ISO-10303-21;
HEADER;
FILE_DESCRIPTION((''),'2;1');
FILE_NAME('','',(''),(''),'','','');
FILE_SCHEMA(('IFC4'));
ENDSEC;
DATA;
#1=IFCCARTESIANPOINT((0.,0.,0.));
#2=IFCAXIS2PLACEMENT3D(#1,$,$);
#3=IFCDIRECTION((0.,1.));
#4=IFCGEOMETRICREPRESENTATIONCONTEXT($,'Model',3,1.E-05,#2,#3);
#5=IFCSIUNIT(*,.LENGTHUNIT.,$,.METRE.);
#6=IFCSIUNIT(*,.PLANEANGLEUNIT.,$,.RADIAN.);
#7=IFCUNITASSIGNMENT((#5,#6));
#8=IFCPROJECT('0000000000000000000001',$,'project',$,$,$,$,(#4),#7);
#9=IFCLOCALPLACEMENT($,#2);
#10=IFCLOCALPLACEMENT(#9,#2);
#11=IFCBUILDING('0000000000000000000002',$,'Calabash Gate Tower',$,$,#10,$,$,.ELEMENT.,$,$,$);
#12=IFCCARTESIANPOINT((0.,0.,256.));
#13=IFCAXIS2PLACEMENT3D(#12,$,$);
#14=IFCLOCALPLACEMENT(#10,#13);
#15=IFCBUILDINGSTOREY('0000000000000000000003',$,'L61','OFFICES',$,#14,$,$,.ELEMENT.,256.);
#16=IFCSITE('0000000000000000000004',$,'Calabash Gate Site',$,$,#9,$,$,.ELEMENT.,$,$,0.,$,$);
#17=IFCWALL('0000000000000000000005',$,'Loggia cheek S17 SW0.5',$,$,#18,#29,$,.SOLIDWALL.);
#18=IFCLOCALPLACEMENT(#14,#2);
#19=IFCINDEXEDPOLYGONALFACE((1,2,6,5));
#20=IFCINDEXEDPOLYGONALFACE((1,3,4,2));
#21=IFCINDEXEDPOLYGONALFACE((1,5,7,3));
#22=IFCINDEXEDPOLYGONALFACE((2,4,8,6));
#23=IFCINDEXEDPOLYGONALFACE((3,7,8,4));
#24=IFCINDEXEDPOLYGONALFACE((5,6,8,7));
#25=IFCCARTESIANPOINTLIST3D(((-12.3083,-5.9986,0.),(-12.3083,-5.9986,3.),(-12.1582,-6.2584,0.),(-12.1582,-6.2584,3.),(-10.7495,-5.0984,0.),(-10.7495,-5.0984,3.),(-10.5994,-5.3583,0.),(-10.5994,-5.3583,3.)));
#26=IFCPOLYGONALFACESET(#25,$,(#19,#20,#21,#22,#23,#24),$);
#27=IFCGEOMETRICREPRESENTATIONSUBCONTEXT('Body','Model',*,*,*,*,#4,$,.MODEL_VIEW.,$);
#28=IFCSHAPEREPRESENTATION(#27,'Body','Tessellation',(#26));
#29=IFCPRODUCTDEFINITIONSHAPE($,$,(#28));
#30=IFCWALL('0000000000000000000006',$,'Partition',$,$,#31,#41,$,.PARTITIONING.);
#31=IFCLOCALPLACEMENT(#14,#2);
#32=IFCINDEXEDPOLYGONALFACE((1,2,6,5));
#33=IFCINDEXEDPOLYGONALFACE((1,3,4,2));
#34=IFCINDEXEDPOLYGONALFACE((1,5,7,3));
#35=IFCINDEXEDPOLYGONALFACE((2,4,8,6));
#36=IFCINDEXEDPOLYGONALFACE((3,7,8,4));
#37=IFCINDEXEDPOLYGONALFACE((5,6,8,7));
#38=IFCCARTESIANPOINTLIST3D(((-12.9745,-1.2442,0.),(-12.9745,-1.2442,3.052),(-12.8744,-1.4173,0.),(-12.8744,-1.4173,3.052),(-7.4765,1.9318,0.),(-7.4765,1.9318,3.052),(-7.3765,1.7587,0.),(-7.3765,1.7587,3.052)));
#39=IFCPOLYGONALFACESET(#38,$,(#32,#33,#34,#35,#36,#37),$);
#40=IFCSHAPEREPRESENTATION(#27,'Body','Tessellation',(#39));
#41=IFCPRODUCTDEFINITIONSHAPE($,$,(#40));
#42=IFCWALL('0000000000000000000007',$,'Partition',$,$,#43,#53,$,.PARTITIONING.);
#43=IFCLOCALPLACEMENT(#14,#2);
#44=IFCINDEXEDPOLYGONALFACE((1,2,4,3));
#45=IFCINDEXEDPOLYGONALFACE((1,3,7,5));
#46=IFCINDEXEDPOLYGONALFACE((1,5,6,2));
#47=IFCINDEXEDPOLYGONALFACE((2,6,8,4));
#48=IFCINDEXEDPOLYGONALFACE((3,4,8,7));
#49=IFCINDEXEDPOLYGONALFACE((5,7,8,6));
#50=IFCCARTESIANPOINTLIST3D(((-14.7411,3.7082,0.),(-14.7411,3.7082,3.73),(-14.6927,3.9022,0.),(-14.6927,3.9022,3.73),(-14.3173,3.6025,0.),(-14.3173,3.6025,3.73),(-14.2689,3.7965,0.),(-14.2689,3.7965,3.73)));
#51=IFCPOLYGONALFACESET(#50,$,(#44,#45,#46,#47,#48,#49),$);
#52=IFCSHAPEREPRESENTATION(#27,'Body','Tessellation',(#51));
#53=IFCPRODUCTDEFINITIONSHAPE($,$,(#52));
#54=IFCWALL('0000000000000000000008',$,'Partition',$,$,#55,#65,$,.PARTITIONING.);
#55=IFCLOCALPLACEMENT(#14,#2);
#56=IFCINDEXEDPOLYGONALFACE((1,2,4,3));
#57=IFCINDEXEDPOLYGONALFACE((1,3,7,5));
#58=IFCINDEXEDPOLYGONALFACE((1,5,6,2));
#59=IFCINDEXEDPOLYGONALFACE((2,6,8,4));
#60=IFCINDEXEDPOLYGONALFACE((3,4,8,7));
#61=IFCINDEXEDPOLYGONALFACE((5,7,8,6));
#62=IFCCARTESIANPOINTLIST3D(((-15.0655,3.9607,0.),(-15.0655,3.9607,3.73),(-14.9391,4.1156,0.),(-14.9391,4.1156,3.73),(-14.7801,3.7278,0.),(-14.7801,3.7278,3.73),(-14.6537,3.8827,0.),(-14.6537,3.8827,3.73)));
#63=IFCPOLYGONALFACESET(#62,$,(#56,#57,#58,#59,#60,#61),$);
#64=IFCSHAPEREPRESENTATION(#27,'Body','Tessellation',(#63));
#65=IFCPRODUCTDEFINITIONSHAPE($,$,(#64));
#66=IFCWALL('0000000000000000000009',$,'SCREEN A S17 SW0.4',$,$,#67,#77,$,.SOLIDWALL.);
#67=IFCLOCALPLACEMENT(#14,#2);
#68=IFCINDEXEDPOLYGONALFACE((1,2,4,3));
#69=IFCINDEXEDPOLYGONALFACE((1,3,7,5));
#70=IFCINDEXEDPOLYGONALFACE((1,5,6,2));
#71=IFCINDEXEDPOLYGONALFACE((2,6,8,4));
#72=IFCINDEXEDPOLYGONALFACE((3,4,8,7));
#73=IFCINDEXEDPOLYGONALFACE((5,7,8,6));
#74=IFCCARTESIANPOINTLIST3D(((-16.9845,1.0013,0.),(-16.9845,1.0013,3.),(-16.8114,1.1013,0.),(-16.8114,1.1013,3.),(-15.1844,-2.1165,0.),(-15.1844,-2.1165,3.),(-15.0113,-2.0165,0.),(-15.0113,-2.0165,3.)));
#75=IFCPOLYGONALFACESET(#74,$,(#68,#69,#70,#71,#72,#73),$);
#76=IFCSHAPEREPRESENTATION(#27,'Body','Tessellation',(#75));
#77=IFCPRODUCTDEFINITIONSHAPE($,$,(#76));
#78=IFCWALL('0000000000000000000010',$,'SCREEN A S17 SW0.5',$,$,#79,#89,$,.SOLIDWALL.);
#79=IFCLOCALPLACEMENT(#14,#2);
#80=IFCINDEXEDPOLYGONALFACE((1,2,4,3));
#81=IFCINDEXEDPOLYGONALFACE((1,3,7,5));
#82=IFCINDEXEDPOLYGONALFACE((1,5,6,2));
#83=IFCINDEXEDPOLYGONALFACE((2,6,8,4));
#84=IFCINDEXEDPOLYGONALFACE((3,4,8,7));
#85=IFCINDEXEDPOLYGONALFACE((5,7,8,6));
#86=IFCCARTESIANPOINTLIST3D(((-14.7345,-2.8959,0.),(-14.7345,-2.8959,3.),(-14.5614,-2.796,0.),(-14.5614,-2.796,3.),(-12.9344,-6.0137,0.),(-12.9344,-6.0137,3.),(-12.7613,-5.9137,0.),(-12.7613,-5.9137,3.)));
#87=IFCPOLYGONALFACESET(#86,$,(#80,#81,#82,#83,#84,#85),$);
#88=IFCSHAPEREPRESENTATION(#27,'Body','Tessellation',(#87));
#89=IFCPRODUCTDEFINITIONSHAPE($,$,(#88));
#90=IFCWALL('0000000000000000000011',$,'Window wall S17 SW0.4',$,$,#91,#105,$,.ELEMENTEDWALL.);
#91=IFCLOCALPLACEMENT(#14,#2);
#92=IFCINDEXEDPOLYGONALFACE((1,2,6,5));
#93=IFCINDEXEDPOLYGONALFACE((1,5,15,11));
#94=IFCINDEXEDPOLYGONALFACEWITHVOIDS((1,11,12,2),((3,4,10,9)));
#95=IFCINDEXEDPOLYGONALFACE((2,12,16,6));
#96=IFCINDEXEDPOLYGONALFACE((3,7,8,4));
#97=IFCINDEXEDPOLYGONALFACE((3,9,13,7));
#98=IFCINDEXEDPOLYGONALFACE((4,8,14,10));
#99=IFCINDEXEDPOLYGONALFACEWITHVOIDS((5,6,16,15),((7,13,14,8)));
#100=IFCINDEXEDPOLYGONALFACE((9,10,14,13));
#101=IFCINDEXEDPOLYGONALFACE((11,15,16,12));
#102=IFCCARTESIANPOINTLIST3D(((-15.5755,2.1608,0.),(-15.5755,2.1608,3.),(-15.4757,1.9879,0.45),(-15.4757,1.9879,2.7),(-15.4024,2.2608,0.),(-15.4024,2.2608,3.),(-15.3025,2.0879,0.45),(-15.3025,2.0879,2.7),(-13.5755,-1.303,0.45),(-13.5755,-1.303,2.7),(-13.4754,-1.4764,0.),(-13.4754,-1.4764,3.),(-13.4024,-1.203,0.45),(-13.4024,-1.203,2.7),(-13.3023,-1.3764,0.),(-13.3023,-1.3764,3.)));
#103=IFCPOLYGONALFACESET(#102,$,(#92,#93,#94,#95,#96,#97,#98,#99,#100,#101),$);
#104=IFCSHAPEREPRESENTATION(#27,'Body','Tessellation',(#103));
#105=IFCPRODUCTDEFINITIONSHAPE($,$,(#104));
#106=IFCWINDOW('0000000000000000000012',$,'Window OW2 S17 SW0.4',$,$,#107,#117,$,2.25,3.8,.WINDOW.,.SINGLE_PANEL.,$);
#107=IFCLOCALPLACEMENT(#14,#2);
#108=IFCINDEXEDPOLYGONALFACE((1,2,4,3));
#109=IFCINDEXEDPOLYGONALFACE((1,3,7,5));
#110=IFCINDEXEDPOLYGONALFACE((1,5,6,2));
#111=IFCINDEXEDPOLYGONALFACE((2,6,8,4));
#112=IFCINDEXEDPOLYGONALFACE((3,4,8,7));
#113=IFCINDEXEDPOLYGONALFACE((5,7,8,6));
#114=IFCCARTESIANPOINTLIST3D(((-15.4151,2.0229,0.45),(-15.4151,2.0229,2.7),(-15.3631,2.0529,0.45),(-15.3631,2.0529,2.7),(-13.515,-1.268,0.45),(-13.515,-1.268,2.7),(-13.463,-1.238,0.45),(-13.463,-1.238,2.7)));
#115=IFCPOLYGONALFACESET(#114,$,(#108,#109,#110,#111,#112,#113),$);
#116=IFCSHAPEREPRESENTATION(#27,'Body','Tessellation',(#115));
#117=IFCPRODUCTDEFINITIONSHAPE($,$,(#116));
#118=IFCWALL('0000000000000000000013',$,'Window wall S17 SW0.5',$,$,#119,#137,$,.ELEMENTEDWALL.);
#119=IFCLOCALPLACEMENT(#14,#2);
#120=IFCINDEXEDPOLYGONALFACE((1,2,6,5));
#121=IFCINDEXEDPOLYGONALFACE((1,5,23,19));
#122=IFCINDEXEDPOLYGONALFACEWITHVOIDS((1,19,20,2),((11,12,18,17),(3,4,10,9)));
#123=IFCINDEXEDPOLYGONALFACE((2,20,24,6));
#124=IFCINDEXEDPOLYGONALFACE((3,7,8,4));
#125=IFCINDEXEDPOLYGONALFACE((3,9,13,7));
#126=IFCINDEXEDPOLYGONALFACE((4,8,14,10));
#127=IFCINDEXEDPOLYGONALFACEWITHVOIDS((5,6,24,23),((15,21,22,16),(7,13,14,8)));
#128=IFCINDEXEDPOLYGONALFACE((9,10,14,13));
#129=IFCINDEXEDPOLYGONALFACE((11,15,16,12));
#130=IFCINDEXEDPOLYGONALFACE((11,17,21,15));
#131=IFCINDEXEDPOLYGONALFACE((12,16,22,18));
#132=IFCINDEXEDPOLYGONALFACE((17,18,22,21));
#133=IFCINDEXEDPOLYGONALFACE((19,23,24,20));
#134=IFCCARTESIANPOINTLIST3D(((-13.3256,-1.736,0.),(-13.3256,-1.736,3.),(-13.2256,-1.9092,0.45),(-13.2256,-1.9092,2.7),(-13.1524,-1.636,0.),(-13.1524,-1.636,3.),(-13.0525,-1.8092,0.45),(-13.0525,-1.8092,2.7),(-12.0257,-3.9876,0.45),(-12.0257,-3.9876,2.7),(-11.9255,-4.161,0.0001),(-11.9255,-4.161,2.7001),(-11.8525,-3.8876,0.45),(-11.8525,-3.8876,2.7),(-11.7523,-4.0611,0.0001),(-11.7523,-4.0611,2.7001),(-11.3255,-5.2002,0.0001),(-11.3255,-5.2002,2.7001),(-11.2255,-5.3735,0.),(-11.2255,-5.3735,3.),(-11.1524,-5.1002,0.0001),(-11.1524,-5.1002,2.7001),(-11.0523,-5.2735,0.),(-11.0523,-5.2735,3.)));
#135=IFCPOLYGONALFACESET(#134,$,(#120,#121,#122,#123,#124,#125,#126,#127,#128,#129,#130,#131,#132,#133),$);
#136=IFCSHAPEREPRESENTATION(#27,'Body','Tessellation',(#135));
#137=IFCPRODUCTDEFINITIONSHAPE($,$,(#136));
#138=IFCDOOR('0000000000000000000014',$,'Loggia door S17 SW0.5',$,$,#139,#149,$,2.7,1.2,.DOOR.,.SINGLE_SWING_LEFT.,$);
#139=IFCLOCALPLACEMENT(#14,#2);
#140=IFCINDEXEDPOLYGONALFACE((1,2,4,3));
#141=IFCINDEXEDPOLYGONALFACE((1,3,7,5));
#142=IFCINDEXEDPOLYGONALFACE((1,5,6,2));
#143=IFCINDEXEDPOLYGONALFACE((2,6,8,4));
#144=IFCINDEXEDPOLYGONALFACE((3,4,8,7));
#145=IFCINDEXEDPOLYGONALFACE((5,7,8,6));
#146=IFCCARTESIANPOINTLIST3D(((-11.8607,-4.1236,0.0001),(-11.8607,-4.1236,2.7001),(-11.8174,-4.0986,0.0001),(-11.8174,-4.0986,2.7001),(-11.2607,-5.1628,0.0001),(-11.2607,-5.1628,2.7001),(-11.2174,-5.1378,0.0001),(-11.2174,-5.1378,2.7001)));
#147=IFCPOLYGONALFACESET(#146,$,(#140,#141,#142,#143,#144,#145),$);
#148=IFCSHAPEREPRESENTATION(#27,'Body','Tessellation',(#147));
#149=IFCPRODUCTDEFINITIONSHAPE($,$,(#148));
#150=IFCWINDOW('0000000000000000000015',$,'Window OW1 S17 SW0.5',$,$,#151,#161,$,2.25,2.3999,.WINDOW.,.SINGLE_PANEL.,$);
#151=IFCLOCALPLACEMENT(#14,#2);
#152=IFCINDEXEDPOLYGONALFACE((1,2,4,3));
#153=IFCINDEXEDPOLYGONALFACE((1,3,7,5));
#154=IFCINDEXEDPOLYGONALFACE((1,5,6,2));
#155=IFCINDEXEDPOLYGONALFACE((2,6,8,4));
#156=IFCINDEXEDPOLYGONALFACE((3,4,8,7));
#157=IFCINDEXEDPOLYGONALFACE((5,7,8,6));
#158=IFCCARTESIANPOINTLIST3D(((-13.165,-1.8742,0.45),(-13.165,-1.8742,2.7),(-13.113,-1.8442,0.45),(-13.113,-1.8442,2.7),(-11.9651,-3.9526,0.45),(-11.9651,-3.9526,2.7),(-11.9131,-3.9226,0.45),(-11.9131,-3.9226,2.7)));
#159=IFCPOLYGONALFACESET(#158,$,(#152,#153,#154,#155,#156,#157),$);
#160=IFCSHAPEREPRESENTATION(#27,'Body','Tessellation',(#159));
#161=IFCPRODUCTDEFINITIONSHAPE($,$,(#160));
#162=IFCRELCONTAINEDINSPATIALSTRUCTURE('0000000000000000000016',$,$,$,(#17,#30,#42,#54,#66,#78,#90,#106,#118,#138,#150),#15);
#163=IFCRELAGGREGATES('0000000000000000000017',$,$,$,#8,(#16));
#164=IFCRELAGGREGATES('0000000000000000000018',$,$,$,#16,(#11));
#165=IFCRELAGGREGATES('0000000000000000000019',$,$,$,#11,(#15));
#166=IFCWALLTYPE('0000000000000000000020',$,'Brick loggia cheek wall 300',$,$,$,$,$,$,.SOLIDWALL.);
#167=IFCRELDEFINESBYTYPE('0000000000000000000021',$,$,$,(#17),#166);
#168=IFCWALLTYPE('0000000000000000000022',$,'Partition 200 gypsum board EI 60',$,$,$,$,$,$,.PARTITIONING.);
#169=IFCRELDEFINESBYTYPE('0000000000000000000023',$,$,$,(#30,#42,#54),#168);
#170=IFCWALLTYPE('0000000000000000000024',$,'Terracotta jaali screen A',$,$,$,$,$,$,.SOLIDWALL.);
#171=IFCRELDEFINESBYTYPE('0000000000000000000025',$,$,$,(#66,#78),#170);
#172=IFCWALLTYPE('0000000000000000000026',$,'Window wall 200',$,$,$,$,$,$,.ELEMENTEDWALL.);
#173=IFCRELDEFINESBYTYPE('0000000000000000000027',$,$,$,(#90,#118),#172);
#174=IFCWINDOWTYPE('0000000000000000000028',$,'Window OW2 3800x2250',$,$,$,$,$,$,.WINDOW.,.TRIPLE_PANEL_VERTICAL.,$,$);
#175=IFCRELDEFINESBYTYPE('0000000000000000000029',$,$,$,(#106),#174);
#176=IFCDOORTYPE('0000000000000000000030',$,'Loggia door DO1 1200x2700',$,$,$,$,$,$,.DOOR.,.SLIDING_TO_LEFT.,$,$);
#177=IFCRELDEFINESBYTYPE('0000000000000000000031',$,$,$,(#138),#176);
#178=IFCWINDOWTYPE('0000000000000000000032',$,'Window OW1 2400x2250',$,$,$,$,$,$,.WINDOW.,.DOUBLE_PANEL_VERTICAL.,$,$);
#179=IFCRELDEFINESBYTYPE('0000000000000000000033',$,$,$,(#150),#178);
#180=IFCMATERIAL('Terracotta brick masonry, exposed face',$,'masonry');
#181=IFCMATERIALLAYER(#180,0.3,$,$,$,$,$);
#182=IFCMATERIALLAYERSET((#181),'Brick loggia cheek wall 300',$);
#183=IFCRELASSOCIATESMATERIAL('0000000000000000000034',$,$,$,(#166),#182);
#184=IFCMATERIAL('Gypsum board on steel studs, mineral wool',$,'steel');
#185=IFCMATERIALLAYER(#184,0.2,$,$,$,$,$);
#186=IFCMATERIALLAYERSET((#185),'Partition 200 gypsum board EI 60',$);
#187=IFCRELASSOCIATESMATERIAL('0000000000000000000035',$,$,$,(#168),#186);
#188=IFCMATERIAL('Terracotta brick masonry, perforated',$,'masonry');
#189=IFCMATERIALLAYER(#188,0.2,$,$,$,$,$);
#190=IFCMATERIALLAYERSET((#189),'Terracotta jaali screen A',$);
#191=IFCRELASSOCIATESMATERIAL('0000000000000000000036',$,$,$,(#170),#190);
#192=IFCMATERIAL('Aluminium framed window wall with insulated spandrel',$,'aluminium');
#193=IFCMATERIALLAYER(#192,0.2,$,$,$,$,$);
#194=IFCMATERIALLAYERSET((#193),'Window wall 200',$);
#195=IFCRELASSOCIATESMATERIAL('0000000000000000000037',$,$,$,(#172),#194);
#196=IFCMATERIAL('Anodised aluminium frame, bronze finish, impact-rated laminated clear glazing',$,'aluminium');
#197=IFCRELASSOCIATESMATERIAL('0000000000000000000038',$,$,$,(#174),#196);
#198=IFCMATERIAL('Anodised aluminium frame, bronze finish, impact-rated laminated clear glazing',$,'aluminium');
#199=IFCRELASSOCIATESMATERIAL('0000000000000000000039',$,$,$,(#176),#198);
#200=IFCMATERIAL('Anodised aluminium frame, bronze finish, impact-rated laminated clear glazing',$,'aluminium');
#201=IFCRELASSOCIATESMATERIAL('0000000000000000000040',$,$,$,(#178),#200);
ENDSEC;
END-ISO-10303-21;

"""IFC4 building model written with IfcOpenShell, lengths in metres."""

from ifc_helpers import new_model, si_unit, direction, frame, frame_2d, origin, place, context, subcontext, project, spatial, rectangle, extrude, material, layer, layer_set, type_object, element, fill, save


model = new_model("IFC4")

# Units and contexts
model_context = context("Model", 3, precision=1e-05, world=origin(), true_north=direction((0.0, 1.0)))
body_context = subcontext(model_context, "Body", "Model", "MODEL_VIEW")
ifc_project = project(units=[si_unit("LENGTHUNIT", "METRE"), si_unit("PLANEANGLEUNIT", "RADIAN")], contexts=[model_context])

# Site, building, storey
site_placement = place(None, origin())
site = spatial("IfcSite", under=ifc_project, at=site_placement, Name="Calabash Gate Site", CompositionType="ELEMENT", RefElevation=0.0)
building_placement = place(site_placement, origin())
building = spatial("IfcBuilding", under=site, at=building_placement, Name="Calabash Gate Tower", CompositionType="ELEMENT")
storey_placement = place(building_placement, frame((0.0, 0.0, 256.0)))
storey = spatial("IfcBuildingStorey", under=building, at=storey_placement, Name="L61", Description="OFFICES", CompositionType="ELEMENT", Elevation=256.0)

# Walls
ifc_material_1 = material(Name="Terracotta brick masonry, exposed face", Category="masonry")
ifc_layer_1 = layer(ifc_material_1, 0.3)
ifc_layer_set_1 = layer_set([ifc_layer_1], Name="Brick loggia cheek wall 300")
wall_type_1 = type_object("IfcWallType", Name="Brick loggia cheek wall 300", PredefinedType="SOLIDWALL", material=ifc_layer_set_1)
for number, where, z_axis, x_axis, name in (
    (1, (-12.2332, -6.1284, 0.0), (0.0, 0.0, 1.0), (0.865989, 0.500063, 0.0), "Loggia cheek S17 SW0.5"),
):
    element("IfcWall", number, at=place(storey_placement, frame(where, z_axis=z_axis, x_axis=x_axis)), inside=storey, type_object=wall_type_1, Name=name, PredefinedType="SOLIDWALL", context=body_context, shape_type="SweptSolid", body=[
        extrude(rectangle(XDim=1.8, YDim=0.3, at=frame_2d((0.8999, 0.0))), origin(), (0.0, 0.0, 1.0), 3.0),
    ])
ifc_material_2 = material(Name="Gypsum board on steel studs, mineral wool", Category="steel")
ifc_layer_2 = layer(ifc_material_2, 0.2)
ifc_layer_set_2 = layer_set([ifc_layer_2], Name="Partition 200 gypsum board EI 60")
wall_type_2 = type_object("IfcWallType", Name="Partition 200 gypsum board EI 60", PredefinedType="PARTITIONING", material=ifc_layer_set_2)
wall_1_placement = place(storey_placement, frame((-12.9246, -1.3308, 0.0), z_axis=(0.0, 0.0, 1.0), x_axis=(0.865908, 0.500204, 0.0)))
element("IfcWall", 2, at=wall_1_placement, inside=storey, type_object=wall_type_2, Name="Partition", PredefinedType="PARTITIONING", context=body_context, shape_type="SweptSolid", body=[
    extrude(rectangle(XDim=6.3494, YDim=0.2, at=frame_2d((3.1748, 0.0))), origin(), (0.0, 0.0, 1.0), 3.052),
])
wall_2_placement = place(storey_placement, frame((-14.7168, 3.8052, 0.0), z_axis=(0.0, 0.0, 1.0), x_axis=(0.970274, -0.24201, 0.0)))
element("IfcWall", 3, at=wall_2_placement, inside=storey, type_object=wall_type_2, Name="Partition", PredefinedType="PARTITIONING", context=body_context, shape_type="SweptSolid", body=[
    extrude(rectangle(XDim=0.4368, YDim=0.2, at=frame_2d((0.2183, 0.0))), origin(), (0.0, 0.0, 1.0), 3.73),
])

# Walls
wall_3_placement = place(storey_placement, frame((-15.0022, 4.0381, 0.0), z_axis=(0.0, 0.0, 1.0), x_axis=(0.774754, -0.632263, 0.0)))
element("IfcWall", 4, at=wall_3_placement, inside=storey, type_object=wall_type_2, Name="Partition", PredefinedType="PARTITIONING", context=body_context, shape_type="SweptSolid", body=[
    extrude(rectangle(XDim=0.3684, YDim=0.2, at=frame_2d((0.1841, 0.0))), origin(), (0.0, 0.0, 1.0), 3.73),
])
ifc_material_3 = material(Name="Terracotta brick masonry, perforated", Category="masonry")
ifc_layer_3 = layer(ifc_material_3, 0.2)
ifc_layer_set_3 = layer_set([ifc_layer_3], Name="Terracotta jaali screen A")
wall_type_3 = type_object("IfcWallType", Name="Terracotta jaali screen A", PredefinedType="SOLIDWALL", material=ifc_layer_set_3)
for number, where, z_axis, x_axis, name in (
    (5, (-16.8979, 1.0513, 0.0), (0.0, 0.0, 1.0), (0.500012, -0.866018, 0.0), "SCREEN A S17 SW0.4"),
    (6, (-14.6479, -2.8459, 0.0), (0.0, 0.0, 1.0), (0.500012, -0.866018, 0.0), "SCREEN A S17 SW0.5"),
):
    element("IfcWall", number, at=place(storey_placement, frame(where, z_axis=z_axis, x_axis=x_axis)), inside=storey, type_object=wall_type_3, Name=name, PredefinedType="SOLIDWALL", context=body_context, shape_type="SweptSolid", body=[
        extrude(rectangle(XDim=3.6001, YDim=0.2, at=frame_2d((1.8, 0.0))), origin(), (0.0, 0.0, 1.0), 3.0),
    ])

# Wall, opening, window
ifc_material_4 = material(Name="Aluminium framed window wall with insulated spandrel", Category="aluminium")
ifc_layer_4 = layer(ifc_material_4, 0.2)
ifc_layer_set_4 = layer_set([ifc_layer_4], Name="Window wall 200")
wall_type_4 = type_object("IfcWallType", Name="Window wall 200", PredefinedType="ELEMENTEDWALL", material=ifc_layer_set_4)
wall_4_placement = place(storey_placement, frame((-15.489, 2.2109, 0.0), z_axis=(0.0, 0.0, 1.0), x_axis=(0.500028, -0.866009, 0.0)))
wall_4 = element("IfcWall", 7, at=wall_4_placement, inside=storey, type_object=wall_type_4, Name="Window wall S17 SW0.4", PredefinedType="ELEMENTEDWALL", context=body_context, shape_type="SweptSolid", body=[
    extrude(rectangle(XDim=4.2, YDim=0.2, at=frame_2d((2.1001, 0.0))), origin(), (0.0, 0.0, 1.0), 3.0),
])
opening_1_placement = place(wall_4_placement, frame((0.2, 0.0, 0.45)))
opening_1 = element("IfcOpeningElement", 8, at=opening_1_placement, cuts=wall_4, PredefinedType="OPENING", context=body_context, shape_type="SweptSolid", body=[
    extrude(rectangle(XDim=3.8, YDim=2.25, at=frame_2d((1.8999, 1.125))), frame((0.0, 0.1099, 0.0), z_axis=(0.0, -1.0, 0.0), x_axis=(1.0, 0.0, 0.0)), (0.0, 0.0, 1.0), 0.22),
])
ifc_material_5 = material(Name="Anodised aluminium frame, bronze finish, impact-rated laminated clear glazing", Category="aluminium")
window_type_1 = type_object("IfcWindowType", Name="Window OW2 3800x2250", PartitioningType="TRIPLE_PANEL_VERTICAL", PredefinedType="WINDOW", material=ifc_material_5)
window_1_placement = place(opening_1_placement, origin())
window_1 = element("IfcWindow", 9, at=window_1_placement, inside=storey, type_object=window_type_1, Name="Window OW2 S17 SW0.4", OverallHeight=2.25, OverallWidth=3.8, PartitioningType="SINGLE_PANEL", PredefinedType="WINDOW", context=body_context, shape_type="SweptSolid", body=[
    extrude(rectangle(XDim=3.8, YDim=2.25, at=frame_2d((1.8999, 1.125))), frame((0.0, 0.03, 0.0), z_axis=(0.0, -1.0, 0.0), x_axis=(1.0, 0.0, 0.0)), (0.0, 0.0, 1.0), 0.0601),
])
fill(opening_1, window_1)

# Wall, openings, door, window
wall_5_placement = place(storey_placement, frame((-13.239, -1.686, 0.0), z_axis=(0.0, 0.0, 1.0), x_axis=(0.500003, -0.866024, 0.0)))
wall_5 = element("IfcWall", 10, at=wall_5_placement, inside=storey, type_object=wall_type_4, Name="Window wall S17 SW0.5", PredefinedType="ELEMENTEDWALL", context=body_context, shape_type="SweptSolid", body=[
    extrude(rectangle(XDim=4.2002, YDim=0.2, at=frame_2d((2.1001, 0.0))), origin(), (0.0, 0.0, 1.0), 3.0),
])
opening_2_placement = place(wall_5_placement, frame((0.2, 0.0, 0.45)))
opening_2 = element("IfcOpeningElement", 11, at=opening_2_placement, cuts=wall_5, PredefinedType="OPENING", context=body_context, shape_type="SweptSolid", body=[
    extrude(rectangle(XDim=2.3999, YDim=2.25, at=frame_2d((1.2, 1.125))), frame((0.0, 0.1099, 0.0), z_axis=(0.0, -1.0, 0.0), x_axis=(1.0, 0.0, 0.0)), (0.0, 0.0, 1.0), 0.22),
])
opening_3_placement = place(wall_5_placement, frame((2.8, 0.0, 0.0)))
opening_3 = element("IfcOpeningElement", 12, at=opening_3_placement, cuts=wall_5, PredefinedType="OPENING", context=body_context, shape_type="SweptSolid", body=[
    extrude(rectangle(XDim=1.2, YDim=2.7, at=frame_2d((0.6001, 1.3501))), frame((0.0, 0.1099, 0.0), z_axis=(0.0, -1.0, 0.0), x_axis=(1.0, 0.0, 0.0)), (0.0, 0.0, 1.0), 0.22),
])
ifc_material_6 = material(Name="Anodised aluminium frame, bronze finish, impact-rated laminated clear glazing", Category="aluminium")
door_type_1 = type_object("IfcDoorType", Name="Loggia door DO1 1200x2700", OperationType="SLIDING_TO_LEFT", PredefinedType="DOOR", material=ifc_material_6)
door_1_placement = place(opening_3_placement, origin())
door_1 = element("IfcDoor", 13, at=door_1_placement, inside=storey, type_object=door_type_1, Name="Loggia door S17 SW0.5", OperationType="SINGLE_SWING_LEFT", OverallHeight=2.7, OverallWidth=1.2, PredefinedType="DOOR", context=body_context, shape_type="SweptSolid", body=[
    extrude(rectangle(XDim=1.2, YDim=2.7, at=frame_2d((0.6001, 1.3501))), frame((0.0, 0.0249, 0.0), z_axis=(0.0, -1.0, 0.0), x_axis=(1.0, 0.0, 0.0)), (0.0, 0.0, 1.0), 0.05),
])
fill(opening_3, door_1)
ifc_material_7 = material(Name="Anodised aluminium frame, bronze finish, impact-rated laminated clear glazing", Category="aluminium")
window_type_2 = type_object("IfcWindowType", Name="Window OW1 2400x2250", PartitioningType="DOUBLE_PANEL_VERTICAL", PredefinedType="WINDOW", material=ifc_material_7)
window_2_placement = place(opening_2_placement, origin())
window_2 = element("IfcWindow", 14, at=window_2_placement, inside=storey, type_object=window_type_2, Name="Window OW1 S17 SW0.5", OverallHeight=2.25, OverallWidth=2.3999, PartitioningType="SINGLE_PANEL", PredefinedType="WINDOW", context=body_context, shape_type="SweptSolid", body=[
    extrude(rectangle(XDim=2.3999, YDim=2.25, at=frame_2d((1.2, 1.125))), frame((0.0, 0.03, 0.0), z_axis=(0.0, -1.0, 0.0), x_axis=(1.0, 0.0, 0.0)), (0.0, 0.0, 1.0), 0.0601),
])
fill(opening_2, window_2)

save(model, "model.ifc")
